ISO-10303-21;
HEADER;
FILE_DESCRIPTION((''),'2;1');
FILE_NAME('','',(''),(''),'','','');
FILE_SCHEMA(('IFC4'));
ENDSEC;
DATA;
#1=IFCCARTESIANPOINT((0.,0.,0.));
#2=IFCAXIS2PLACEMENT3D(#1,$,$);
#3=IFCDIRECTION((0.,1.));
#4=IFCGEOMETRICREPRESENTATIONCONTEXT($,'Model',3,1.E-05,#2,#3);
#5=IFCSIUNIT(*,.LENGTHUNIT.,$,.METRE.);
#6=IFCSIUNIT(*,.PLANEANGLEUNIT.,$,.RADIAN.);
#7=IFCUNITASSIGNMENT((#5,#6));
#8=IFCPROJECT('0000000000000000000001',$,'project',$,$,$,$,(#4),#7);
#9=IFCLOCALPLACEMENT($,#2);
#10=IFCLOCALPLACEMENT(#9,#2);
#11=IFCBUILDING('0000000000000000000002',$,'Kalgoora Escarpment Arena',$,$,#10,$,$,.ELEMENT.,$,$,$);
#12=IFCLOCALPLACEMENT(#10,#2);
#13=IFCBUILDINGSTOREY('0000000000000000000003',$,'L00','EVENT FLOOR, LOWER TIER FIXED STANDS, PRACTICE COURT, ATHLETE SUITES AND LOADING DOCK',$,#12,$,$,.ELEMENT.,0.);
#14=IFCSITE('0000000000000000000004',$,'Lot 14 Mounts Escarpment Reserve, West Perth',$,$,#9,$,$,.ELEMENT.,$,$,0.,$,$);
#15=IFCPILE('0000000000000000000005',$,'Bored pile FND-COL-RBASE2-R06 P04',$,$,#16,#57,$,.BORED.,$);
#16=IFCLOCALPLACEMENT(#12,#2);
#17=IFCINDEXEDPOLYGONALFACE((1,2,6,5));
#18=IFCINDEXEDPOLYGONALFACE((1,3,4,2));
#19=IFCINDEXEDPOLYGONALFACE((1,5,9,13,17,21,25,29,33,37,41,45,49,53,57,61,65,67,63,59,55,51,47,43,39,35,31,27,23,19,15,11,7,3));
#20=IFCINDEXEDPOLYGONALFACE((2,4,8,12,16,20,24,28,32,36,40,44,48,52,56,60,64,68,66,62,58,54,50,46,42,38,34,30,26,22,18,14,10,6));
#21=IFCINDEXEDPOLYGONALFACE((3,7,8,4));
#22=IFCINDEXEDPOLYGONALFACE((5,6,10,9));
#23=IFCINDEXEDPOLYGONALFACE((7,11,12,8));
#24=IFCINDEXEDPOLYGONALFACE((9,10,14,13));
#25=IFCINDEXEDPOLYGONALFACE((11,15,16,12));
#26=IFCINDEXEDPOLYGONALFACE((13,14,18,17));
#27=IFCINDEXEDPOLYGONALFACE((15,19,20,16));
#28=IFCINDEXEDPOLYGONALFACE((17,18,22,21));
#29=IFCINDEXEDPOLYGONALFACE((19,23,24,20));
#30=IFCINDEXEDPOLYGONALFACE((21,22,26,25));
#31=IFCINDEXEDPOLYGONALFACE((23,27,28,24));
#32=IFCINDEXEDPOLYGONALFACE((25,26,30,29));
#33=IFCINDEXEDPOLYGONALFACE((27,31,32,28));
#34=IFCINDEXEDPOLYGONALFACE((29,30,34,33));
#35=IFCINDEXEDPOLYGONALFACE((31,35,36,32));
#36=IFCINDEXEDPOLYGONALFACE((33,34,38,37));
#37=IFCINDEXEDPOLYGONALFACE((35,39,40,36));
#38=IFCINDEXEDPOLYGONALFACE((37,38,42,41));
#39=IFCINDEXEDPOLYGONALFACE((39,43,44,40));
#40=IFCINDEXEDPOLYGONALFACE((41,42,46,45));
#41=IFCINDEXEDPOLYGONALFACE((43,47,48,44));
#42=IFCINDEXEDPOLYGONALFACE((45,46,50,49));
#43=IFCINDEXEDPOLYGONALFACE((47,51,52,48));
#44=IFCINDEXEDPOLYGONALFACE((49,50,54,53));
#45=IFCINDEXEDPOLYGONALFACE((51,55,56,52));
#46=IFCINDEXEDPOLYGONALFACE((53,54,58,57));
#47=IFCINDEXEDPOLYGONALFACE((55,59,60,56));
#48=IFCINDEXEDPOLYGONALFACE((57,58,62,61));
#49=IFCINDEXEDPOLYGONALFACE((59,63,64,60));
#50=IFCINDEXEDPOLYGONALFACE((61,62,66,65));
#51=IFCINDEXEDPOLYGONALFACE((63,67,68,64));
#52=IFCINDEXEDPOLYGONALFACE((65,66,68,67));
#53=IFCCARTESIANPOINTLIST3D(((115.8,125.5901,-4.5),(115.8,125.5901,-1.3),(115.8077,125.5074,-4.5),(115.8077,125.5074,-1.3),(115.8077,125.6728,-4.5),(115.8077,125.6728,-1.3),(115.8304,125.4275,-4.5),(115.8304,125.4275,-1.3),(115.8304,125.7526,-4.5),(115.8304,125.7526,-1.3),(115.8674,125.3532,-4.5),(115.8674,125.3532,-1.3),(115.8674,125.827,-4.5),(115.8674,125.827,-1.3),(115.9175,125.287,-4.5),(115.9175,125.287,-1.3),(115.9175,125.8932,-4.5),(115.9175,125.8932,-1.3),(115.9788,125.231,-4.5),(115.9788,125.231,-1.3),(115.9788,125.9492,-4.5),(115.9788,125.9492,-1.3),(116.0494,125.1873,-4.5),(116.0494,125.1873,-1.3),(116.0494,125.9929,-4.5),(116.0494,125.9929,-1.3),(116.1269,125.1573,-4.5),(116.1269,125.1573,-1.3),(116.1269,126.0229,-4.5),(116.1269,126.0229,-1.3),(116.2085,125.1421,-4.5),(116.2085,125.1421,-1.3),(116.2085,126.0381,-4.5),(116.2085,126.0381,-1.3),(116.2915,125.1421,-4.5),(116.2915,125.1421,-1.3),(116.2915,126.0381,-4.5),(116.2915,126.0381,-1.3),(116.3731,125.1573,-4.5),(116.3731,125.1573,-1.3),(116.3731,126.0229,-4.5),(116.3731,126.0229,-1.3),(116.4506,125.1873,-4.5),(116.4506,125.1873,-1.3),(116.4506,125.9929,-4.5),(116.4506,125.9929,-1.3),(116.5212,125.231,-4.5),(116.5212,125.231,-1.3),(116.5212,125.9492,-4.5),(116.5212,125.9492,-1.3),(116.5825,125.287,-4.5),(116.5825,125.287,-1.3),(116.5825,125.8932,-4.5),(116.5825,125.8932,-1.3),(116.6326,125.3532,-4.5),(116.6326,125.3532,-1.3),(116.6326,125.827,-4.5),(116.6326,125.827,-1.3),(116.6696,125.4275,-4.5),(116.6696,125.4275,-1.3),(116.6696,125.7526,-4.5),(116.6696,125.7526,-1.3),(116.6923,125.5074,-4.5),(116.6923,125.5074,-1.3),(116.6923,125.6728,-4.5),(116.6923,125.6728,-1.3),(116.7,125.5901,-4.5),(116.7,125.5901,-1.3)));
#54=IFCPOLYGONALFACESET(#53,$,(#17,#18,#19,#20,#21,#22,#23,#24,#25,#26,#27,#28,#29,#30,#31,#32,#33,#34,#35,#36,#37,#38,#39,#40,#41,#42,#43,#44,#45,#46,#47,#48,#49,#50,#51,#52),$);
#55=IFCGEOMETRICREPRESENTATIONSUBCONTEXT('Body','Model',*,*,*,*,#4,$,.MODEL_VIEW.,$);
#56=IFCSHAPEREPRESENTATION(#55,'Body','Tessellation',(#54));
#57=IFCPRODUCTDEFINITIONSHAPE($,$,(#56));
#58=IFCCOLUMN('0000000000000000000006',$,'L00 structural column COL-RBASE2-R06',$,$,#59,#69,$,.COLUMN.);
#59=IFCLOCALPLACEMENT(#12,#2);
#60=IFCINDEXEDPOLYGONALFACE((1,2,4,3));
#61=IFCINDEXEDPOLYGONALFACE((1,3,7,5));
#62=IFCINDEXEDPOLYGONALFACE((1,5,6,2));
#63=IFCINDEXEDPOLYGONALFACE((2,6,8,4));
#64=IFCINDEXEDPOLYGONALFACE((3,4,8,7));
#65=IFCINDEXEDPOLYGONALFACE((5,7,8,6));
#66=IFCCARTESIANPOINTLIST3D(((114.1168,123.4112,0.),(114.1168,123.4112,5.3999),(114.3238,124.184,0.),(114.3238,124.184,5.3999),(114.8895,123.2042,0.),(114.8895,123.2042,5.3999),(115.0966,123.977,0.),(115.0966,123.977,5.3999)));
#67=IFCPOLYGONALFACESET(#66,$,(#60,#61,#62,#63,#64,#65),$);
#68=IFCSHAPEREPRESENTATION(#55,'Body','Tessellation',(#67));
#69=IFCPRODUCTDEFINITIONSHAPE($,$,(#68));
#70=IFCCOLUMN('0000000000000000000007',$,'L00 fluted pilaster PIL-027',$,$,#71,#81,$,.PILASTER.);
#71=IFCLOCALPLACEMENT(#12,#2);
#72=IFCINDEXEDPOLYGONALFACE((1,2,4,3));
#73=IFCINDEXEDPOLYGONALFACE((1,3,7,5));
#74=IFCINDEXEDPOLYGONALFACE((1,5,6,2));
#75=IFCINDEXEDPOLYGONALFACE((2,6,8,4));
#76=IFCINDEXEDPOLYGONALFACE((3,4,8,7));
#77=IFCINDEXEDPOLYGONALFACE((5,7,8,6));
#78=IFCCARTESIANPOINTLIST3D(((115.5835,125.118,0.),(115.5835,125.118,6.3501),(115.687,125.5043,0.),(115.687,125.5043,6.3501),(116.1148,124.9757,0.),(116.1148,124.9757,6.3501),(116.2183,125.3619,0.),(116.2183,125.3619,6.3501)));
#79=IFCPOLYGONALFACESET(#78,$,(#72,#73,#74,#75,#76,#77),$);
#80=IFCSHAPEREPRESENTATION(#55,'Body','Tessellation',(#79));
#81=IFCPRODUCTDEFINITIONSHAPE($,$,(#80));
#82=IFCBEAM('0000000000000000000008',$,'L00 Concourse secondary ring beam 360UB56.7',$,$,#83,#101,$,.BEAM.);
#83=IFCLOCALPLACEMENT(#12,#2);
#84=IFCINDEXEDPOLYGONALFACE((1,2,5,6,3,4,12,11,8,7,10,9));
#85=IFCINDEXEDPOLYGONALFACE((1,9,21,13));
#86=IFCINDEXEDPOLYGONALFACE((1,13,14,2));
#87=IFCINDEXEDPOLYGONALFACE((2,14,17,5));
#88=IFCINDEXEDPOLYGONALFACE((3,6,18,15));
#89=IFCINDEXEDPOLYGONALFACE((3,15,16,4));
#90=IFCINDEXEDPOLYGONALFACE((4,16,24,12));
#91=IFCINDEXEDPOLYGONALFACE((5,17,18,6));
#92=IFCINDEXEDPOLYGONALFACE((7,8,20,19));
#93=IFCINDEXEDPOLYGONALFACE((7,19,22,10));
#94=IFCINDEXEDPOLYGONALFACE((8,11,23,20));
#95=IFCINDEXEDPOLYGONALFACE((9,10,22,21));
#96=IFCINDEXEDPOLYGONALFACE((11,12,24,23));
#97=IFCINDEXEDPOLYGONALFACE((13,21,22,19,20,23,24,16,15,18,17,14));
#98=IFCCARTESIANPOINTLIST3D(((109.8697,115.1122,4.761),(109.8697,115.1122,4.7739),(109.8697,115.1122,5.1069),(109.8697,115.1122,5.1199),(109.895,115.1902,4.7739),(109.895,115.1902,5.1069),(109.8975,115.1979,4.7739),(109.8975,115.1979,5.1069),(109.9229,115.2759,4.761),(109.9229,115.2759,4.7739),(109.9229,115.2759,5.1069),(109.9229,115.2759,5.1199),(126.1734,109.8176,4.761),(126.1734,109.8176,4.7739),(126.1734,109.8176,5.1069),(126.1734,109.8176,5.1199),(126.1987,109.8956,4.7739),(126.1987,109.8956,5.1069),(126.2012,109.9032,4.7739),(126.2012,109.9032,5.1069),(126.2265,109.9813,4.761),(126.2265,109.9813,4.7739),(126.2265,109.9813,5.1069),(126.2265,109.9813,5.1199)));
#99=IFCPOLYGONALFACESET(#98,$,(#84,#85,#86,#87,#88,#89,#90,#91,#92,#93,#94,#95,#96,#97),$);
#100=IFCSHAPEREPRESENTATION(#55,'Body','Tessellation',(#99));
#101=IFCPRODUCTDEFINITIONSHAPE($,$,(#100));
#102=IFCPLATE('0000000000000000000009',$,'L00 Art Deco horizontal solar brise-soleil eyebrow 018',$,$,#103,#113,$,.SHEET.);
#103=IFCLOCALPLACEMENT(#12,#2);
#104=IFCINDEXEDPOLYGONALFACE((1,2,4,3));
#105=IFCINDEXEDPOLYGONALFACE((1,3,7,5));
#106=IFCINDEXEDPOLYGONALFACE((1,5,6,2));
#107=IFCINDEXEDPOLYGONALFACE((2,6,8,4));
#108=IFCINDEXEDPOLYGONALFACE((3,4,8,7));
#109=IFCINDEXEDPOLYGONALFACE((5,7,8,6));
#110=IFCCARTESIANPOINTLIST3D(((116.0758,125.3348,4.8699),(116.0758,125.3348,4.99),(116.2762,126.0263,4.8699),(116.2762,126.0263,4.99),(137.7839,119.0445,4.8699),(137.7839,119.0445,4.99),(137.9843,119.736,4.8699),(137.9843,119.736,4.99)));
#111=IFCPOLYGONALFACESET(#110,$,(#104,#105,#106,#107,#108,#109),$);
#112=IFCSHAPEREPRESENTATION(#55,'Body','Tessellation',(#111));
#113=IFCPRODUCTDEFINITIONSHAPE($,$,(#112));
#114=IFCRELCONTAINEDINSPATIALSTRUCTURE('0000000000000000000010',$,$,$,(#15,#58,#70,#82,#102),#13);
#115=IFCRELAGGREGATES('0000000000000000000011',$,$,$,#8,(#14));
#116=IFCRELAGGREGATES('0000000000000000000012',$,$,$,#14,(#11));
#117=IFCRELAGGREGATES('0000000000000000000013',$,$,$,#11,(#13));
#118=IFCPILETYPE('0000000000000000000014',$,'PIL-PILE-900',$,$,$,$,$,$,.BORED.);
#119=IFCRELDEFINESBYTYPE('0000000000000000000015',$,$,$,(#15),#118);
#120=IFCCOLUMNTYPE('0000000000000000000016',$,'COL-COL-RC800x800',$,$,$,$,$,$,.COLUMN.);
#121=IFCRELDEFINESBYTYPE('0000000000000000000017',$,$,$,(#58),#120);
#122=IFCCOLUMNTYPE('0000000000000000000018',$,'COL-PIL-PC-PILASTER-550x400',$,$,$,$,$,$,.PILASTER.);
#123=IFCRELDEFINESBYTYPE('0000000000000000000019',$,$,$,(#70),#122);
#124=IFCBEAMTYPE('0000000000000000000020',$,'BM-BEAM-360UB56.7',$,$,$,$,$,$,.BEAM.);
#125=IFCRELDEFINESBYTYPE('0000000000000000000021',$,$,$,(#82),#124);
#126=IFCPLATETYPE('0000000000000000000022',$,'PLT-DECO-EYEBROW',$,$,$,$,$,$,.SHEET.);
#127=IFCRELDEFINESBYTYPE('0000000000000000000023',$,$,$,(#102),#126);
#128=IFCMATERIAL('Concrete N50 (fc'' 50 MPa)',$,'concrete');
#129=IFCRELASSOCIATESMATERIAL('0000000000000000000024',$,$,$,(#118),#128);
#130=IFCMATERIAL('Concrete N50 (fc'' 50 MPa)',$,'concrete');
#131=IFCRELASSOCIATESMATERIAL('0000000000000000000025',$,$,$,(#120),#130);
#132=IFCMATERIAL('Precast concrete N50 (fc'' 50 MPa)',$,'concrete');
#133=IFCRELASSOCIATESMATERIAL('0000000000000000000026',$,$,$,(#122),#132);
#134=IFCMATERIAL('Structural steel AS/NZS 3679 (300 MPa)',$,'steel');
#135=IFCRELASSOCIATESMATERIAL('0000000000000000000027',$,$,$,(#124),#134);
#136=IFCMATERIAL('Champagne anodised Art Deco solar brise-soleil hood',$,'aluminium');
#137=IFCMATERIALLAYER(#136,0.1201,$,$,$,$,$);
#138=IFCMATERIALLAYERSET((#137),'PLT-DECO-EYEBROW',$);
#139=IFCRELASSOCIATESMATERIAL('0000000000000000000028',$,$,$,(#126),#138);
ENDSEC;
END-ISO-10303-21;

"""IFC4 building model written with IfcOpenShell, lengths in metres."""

from ifc_helpers import new_model, si_unit, direction, frame, origin, origin_2d, place, context, subcontext, project, spatial, rectangle, circle, i_section, extrude, material, layer, layer_set, material_profile, profile_set, type_object, element, save


model = new_model("IFC4")

# Units and contexts
model_context = context("Model", 3, precision=1e-05, world=origin(), true_north=direction((0.0, 1.0)))
body_context = subcontext(model_context, "Body", "Model", "MODEL_VIEW")
ifc_project = project(units=[si_unit("LENGTHUNIT", "METRE"), si_unit("PLANEANGLEUNIT", "RADIAN")], contexts=[model_context])

# Site, building, storey
site_placement = place(None, origin())
site = spatial("IfcSite", under=ifc_project, at=site_placement, Name="Lot 14 Mounts Escarpment Reserve, West Perth", CompositionType="ELEMENT", RefElevation=0.0)
building_placement = place(site_placement, origin())
building = spatial("IfcBuilding", under=site, at=building_placement, Name="Kalgoora Escarpment Arena", CompositionType="ELEMENT")
storey_placement = place(building_placement, origin())
storey = spatial("IfcBuildingStorey", under=building, at=storey_placement, Name="L00", Description="EVENT FLOOR, LOWER TIER FIXED STANDS, PRACTICE COURT, ATHLETE SUITES AND LOADING DOCK", CompositionType="ELEMENT", Elevation=0.0)

# Pile
ifc_material_1 = material(Name="Concrete N50 (fc' 50 MPa)", Category="concrete")
ifc_material_profile_1 = material_profile(ifc_material_1, circle(Radius=0.45, at=origin_2d()))
ifc_profile_set_1 = profile_set([ifc_material_profile_1], Name="Concrete N50 (fc' 50 MPa)")
pile_type_1 = type_object("IfcPileType", Name="PIL-PILE-900", PredefinedType="BORED", material=ifc_profile_set_1)
for number, where, z_axis, x_axis, name in (
    (1, (116.25, 125.5901, -1.3), (0.0, 0.0, -1.0), (1.0, 0.0, 0.0), "Bored pile FND-COL-RBASE2-R06 P04"),
):
    element("IfcPile", number, at=place(storey_placement, frame(where, z_axis=z_axis, x_axis=x_axis)), inside=storey, type_object=pile_type_1, Name=name, PredefinedType="BORED", context=body_context, shape_type="SweptSolid", body=[
        extrude(circle(Radius=0.45, at=origin_2d()), origin(), (0.0, 0.0, 1.0), 3.2),
    ])

# Columns
ifc_material_2 = material(Name="Concrete N50 (fc' 50 MPa)", Category="concrete")
ifc_material_profile_2 = material_profile(ifc_material_2, rectangle(XDim=0.8, YDim=0.8, at=origin_2d()))
ifc_profile_set_2 = profile_set([ifc_material_profile_2], Name="Concrete N50 (fc' 50 MPa)")
column_type_1 = type_object("IfcColumnType", Name="COL-COL-RC800x800", PredefinedType="COLUMN", material=ifc_profile_set_2)
column_1_placement = place(storey_placement, frame((114.6067, 123.6941, 0.0), z_axis=(0.0, 0.0, 1.0), x_axis=(0.258819, 0.965926, 0.0)))
element("IfcColumn", 2, at=column_1_placement, inside=storey, type_object=column_type_1, Name="L00 structural column COL-RBASE2-R06", PredefinedType="COLUMN", context=body_context, shape_type="SweptSolid", body=[
    extrude(rectangle(XDim=0.8, YDim=0.8, at=origin_2d()), origin(), (0.0, 0.0, 1.0), 5.3999),
])
ifc_material_3 = material(Name="Precast concrete N50 (fc' 50 MPa)", Category="concrete")
ifc_material_profile_3 = material_profile(ifc_material_3, rectangle(XDim=0.3999, YDim=0.55, at=origin_2d()))
ifc_profile_set_3 = profile_set([ifc_material_profile_3], Name="Precast concrete N50 (fc' 50 MPa)")
column_type_2 = type_object("IfcColumnType", Name="COL-PIL-PC-PILASTER-550x400", PredefinedType="PILASTER", material=ifc_profile_set_3)
column_2_placement = place(storey_placement, frame((115.9009, 125.24, 0.0), z_axis=(0.0, 0.0, 1.0), x_axis=(0.258819, 0.965926, 0.0)))
element("IfcColumn", 3, at=column_2_placement, inside=storey, type_object=column_type_2, Name="L00 fluted pilaster PIL-027", PredefinedType="PILASTER", context=body_context, shape_type="SweptSolid", body=[
    extrude(rectangle(XDim=0.3999, YDim=0.55, at=origin_2d()), origin(), (0.0, 0.0, 1.0), 6.3501),
])

# Beam
ifc_material_4 = material(Name="Structural steel AS/NZS 3679 (300 MPa)", Category="steel")
ifc_material_profile_4 = material_profile(ifc_material_4, i_section(OverallWidth=0.1721, OverallDepth=0.3589, WebThickness=0.0081, FlangeThickness=0.0129, at=origin_2d()))
ifc_profile_set_4 = profile_set([ifc_material_profile_4], Name="Structural steel AS/NZS 3679 (300 MPa)")
beam_type = type_object("IfcBeamType", Name="BM-BEAM-360UB56.7", PredefinedType="BEAM", material=ifc_profile_set_4)
beam_placement = place(storey_placement, frame((126.2, 109.8994, 4.9404), z_axis=(-0.951103, 0.308874, 0.0), x_axis=(-0.308874, -0.951103, 0.0)))
element("IfcBeam", 4, at=beam_placement, inside=storey, type_object=beam_type, Name="L00 Concourse secondary ring beam 360UB56.7", PredefinedType="BEAM", context=body_context, shape_type="SweptSolid", body=[
    extrude(i_section(OverallWidth=0.1721, OverallDepth=0.3589, WebThickness=0.0081, FlangeThickness=0.0129, at=origin_2d()), origin(), (0.0, 0.0, 1.0), 17.1418),
])

# Plate
ifc_material_5 = material(Name="Champagne anodised Art Deco solar brise-soleil hood", Category="aluminium")
ifc_layer_1 = layer(ifc_material_5, 0.1201)
ifc_layer_set_1 = layer_set([ifc_layer_1], Name="PLT-DECO-EYEBROW")
plate_type = type_object("IfcPlateType", Name="PLT-DECO-EYEBROW", PredefinedType="SHEET", material=ifc_layer_set_1)
plate_placement = place(storey_placement, frame((127.03, 122.5354, 4.8699), z_axis=(0.0, 0.0, 1.0), x_axis=(0.960488, -0.278321, 0.0)))
element("IfcPlate", 5, at=plate_placement, inside=storey, type_object=plate_type, Name="L00 Art Deco horizontal solar brise-soleil eyebrow 018", PredefinedType="SHEET", context=body_context, shape_type="SweptSolid", body=[
    extrude(rectangle(XDim=22.6011, YDim=0.72, at=origin_2d()), origin(), (0.0, 0.0, 1.0), 0.1201),
])

save(model, "model.ifc")
